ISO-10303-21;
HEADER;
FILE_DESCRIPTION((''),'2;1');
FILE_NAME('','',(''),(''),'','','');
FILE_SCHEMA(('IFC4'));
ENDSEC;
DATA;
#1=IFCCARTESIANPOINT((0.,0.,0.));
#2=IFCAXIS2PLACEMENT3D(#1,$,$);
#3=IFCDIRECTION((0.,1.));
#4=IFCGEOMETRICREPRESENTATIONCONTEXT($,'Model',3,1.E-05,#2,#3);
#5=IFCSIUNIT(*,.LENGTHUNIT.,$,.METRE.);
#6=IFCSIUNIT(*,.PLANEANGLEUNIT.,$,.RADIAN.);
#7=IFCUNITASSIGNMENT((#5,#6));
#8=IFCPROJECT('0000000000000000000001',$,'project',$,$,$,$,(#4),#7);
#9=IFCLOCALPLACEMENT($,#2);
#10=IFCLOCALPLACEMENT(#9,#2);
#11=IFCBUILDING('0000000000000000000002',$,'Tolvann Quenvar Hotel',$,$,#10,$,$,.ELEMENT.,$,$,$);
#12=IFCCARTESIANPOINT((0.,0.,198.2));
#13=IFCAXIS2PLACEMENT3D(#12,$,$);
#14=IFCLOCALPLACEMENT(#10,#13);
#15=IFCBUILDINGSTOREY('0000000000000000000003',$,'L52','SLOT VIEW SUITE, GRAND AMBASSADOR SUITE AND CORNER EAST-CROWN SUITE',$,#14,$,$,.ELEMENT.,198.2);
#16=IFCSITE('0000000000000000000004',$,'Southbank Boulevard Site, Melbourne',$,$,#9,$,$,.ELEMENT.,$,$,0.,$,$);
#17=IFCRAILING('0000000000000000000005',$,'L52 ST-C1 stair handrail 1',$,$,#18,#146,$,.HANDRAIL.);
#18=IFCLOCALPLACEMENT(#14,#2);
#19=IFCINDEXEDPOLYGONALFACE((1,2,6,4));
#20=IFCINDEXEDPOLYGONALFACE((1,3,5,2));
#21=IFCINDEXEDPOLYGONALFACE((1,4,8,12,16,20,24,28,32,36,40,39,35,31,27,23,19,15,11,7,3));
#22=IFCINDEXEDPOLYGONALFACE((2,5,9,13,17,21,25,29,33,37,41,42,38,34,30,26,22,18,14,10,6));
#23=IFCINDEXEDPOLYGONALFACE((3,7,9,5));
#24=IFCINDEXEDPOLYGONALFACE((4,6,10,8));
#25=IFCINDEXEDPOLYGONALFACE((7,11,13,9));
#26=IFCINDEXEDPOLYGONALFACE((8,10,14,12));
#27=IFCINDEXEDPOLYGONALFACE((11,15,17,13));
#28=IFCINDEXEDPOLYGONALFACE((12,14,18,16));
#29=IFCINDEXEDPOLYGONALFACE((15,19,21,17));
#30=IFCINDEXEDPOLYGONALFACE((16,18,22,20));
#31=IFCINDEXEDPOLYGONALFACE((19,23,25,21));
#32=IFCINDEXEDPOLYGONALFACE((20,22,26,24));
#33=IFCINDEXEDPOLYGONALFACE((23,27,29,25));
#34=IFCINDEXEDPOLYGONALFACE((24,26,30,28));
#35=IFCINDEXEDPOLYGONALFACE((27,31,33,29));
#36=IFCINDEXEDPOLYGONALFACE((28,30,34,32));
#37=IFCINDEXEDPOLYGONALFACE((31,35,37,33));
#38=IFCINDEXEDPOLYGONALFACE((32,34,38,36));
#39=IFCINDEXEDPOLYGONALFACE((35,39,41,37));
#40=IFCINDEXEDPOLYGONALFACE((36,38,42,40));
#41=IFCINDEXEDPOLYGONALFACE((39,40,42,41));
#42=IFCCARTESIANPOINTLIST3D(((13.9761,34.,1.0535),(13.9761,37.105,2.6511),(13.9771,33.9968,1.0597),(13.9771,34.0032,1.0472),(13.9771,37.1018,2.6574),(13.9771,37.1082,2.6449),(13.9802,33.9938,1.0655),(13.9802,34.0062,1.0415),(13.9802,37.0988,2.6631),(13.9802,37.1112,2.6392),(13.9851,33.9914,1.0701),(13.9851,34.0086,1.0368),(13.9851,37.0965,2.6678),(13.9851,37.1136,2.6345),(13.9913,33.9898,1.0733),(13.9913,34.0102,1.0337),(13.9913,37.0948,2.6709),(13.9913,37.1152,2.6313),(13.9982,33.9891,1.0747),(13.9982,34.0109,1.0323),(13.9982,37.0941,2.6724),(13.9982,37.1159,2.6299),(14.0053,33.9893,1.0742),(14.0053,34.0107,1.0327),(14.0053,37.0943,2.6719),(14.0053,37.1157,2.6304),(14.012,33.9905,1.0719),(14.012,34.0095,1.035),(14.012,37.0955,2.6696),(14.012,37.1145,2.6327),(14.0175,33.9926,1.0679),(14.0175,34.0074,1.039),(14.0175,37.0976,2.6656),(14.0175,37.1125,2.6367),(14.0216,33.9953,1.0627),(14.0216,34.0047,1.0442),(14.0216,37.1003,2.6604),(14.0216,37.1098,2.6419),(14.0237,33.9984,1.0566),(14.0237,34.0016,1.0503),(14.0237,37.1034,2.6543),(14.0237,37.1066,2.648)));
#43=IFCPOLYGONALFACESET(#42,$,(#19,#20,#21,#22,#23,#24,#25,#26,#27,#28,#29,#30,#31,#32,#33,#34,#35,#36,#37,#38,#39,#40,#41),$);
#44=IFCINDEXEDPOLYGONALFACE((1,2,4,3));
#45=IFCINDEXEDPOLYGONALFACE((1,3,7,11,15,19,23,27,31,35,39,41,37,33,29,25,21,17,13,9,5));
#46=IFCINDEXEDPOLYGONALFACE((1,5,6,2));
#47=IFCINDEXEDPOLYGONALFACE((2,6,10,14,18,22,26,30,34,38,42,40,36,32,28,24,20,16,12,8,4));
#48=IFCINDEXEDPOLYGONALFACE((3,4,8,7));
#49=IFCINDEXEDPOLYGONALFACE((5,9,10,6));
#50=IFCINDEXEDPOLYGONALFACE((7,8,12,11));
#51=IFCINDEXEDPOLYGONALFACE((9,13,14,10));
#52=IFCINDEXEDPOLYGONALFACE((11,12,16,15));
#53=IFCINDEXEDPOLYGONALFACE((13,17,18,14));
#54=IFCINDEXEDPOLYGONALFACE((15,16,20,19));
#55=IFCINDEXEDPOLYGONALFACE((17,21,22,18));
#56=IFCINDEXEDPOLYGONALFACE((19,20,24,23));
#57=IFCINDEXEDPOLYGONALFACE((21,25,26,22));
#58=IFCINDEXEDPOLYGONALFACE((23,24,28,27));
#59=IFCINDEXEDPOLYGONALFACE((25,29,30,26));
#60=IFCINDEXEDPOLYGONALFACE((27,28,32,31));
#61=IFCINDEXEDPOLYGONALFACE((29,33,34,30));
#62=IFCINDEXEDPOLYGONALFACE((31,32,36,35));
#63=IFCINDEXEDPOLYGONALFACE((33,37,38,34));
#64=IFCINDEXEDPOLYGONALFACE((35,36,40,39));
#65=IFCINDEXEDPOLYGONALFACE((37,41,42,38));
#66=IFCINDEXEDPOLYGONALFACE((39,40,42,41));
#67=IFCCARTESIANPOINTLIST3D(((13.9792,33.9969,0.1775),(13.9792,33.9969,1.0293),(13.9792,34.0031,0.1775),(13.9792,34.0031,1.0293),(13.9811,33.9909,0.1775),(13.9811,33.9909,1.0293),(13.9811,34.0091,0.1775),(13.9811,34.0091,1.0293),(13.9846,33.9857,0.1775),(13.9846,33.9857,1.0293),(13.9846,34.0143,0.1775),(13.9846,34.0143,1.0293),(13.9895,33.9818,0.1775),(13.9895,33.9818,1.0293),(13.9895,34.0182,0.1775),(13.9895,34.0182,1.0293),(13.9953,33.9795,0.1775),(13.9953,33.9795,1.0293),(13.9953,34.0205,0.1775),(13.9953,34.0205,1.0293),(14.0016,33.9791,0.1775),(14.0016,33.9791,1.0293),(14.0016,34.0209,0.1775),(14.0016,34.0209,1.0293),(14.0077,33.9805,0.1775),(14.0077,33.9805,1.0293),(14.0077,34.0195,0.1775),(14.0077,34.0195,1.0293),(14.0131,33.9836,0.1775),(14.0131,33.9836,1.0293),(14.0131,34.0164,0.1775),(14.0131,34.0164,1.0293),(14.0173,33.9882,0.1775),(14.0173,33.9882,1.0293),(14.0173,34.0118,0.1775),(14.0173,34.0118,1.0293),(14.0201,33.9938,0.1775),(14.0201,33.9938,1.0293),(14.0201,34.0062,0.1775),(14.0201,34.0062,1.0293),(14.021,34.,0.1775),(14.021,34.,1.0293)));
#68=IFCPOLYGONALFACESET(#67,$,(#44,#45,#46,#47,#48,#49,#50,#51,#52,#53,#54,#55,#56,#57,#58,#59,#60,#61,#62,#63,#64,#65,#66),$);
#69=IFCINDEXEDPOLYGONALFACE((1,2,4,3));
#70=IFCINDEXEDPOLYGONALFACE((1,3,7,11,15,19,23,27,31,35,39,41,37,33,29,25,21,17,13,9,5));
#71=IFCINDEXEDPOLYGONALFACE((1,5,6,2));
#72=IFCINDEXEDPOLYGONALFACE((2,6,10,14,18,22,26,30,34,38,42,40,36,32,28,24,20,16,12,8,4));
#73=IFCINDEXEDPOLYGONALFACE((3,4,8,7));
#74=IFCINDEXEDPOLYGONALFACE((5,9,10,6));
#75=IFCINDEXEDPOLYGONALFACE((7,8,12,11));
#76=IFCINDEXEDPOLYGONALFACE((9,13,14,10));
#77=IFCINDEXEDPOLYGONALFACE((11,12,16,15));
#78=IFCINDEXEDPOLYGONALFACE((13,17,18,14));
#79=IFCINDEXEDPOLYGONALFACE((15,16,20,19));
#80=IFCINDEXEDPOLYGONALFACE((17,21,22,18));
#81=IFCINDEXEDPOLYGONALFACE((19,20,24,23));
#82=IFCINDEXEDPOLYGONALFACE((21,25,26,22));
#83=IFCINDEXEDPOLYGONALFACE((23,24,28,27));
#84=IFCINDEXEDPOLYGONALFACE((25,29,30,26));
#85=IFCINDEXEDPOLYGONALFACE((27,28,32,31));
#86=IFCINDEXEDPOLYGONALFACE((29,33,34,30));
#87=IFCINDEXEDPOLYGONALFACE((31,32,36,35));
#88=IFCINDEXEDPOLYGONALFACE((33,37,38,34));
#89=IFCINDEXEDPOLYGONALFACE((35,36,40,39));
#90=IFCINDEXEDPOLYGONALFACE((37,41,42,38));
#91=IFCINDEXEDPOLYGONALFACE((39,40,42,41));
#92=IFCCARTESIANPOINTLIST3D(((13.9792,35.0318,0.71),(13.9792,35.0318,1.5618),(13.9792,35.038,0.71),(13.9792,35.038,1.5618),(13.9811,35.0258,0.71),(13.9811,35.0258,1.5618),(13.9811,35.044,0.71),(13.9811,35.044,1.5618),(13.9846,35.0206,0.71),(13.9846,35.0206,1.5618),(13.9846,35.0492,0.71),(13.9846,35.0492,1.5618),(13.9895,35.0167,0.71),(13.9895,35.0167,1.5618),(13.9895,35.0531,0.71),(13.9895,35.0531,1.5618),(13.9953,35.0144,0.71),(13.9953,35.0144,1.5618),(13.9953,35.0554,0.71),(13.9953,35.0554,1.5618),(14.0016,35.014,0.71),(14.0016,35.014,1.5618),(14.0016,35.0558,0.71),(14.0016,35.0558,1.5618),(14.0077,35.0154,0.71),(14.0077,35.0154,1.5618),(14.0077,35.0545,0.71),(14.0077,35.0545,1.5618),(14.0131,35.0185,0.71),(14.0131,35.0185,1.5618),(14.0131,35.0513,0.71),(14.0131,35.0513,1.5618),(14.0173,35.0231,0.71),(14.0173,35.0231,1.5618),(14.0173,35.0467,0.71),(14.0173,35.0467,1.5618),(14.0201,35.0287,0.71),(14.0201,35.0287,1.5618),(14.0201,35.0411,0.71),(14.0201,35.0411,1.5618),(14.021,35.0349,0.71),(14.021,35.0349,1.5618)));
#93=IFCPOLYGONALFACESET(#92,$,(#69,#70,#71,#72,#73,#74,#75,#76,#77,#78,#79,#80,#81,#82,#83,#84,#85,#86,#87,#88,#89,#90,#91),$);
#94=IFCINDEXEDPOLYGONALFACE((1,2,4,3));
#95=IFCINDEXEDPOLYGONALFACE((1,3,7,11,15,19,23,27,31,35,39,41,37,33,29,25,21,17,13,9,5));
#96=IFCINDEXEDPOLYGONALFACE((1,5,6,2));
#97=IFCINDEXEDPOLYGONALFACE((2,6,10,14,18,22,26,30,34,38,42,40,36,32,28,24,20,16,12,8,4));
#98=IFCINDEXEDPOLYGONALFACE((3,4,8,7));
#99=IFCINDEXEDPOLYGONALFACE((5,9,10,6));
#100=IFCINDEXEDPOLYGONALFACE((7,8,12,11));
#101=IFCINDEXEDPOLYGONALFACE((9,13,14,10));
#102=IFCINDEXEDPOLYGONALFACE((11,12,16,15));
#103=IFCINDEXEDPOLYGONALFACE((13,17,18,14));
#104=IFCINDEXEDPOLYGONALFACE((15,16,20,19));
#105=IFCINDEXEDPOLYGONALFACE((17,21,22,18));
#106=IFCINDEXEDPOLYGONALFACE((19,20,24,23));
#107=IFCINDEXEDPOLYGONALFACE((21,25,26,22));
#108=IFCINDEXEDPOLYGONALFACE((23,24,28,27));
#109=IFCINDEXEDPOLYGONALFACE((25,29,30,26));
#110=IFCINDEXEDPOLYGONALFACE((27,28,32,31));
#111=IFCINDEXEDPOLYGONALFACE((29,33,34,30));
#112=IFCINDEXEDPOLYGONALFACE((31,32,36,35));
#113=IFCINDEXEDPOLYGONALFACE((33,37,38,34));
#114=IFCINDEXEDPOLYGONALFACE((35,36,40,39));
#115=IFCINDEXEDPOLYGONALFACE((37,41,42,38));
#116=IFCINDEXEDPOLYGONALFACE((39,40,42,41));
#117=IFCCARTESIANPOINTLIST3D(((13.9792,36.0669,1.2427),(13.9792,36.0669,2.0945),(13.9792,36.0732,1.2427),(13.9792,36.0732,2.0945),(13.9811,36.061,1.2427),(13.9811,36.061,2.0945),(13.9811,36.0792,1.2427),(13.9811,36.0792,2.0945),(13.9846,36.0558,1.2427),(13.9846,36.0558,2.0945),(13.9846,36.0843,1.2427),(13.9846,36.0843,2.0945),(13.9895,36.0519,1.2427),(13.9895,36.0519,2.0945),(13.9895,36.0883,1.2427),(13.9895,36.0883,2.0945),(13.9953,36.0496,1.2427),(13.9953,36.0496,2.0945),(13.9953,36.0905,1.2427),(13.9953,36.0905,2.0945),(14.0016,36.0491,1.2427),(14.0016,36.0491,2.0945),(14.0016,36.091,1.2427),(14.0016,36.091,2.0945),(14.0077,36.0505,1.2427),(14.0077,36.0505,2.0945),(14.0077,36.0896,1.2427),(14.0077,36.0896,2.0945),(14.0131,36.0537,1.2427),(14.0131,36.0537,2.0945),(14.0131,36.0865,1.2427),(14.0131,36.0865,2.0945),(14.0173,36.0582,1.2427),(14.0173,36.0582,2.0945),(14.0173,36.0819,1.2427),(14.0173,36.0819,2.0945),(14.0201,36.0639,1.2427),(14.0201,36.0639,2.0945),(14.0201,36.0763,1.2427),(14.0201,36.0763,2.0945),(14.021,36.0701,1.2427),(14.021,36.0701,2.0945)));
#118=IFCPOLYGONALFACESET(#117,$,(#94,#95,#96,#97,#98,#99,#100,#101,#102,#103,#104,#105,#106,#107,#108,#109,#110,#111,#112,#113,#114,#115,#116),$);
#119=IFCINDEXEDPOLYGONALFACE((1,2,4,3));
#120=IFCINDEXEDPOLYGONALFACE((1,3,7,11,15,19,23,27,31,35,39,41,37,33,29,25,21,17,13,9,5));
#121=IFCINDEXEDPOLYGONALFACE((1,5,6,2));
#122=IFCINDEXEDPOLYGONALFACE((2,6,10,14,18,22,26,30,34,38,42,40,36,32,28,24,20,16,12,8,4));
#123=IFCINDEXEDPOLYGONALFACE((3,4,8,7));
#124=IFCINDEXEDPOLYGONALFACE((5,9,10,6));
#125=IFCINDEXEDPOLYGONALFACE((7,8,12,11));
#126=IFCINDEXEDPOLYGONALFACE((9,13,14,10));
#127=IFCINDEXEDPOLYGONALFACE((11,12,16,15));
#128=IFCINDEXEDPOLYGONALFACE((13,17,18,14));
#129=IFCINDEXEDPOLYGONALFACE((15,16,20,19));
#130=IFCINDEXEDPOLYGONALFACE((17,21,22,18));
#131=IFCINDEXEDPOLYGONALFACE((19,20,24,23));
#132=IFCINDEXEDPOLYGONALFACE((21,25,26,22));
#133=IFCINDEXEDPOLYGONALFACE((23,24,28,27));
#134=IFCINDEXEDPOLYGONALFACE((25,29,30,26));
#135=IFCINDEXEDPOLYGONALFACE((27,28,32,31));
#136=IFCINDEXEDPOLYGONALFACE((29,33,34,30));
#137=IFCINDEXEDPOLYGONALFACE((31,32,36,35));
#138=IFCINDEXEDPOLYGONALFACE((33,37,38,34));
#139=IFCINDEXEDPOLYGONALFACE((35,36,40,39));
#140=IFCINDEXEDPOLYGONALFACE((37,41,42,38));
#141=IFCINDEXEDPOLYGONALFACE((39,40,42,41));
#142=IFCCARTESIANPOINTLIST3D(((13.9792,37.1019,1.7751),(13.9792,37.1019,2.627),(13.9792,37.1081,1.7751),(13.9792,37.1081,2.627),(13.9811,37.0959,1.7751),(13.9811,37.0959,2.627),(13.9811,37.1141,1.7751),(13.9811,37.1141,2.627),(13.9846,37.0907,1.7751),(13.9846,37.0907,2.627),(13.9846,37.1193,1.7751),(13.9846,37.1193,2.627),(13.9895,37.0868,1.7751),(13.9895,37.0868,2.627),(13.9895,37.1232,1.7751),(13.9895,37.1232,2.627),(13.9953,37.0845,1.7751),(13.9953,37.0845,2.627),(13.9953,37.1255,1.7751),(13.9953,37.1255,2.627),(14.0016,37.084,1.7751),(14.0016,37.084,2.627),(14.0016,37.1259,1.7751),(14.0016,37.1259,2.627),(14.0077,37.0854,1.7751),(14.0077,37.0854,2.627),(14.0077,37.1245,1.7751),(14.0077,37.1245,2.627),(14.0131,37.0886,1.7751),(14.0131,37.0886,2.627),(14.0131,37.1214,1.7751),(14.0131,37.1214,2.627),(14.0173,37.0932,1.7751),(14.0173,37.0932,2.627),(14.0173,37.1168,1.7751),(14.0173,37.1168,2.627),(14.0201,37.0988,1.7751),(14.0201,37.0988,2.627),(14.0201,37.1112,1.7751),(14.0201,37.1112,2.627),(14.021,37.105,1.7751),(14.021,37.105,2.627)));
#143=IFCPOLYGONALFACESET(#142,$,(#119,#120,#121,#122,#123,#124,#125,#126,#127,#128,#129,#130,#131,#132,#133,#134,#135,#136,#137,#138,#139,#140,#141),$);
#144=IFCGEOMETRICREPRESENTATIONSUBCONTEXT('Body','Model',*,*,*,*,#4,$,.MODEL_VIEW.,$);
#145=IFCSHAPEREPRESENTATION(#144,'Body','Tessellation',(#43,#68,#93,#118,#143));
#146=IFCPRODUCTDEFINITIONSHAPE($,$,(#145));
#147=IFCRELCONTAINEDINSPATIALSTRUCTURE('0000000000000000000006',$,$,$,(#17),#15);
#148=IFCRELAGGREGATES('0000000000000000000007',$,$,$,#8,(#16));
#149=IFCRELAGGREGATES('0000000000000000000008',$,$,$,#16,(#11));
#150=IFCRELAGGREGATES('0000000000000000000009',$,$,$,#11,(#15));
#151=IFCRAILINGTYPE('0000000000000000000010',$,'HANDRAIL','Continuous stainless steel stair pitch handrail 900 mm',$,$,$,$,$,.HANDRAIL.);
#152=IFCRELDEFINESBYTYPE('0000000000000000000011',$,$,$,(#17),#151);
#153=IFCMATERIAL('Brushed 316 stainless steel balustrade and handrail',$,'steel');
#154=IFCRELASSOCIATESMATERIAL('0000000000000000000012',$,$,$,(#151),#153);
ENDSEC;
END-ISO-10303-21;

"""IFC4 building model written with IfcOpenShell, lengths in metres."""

from ifc_helpers import new_model, si_unit, direction, frame, origin, origin_2d, place, context, subcontext, project, spatial, circle, extrude, material, type_object, element, save


model = new_model("IFC4")

# Units and contexts
model_context = context("Model", 3, precision=1e-05, world=origin(), true_north=direction((0.0, 1.0)))
body_context = subcontext(model_context, "Body", "Model", "MODEL_VIEW")
ifc_project = project(units=[si_unit("LENGTHUNIT", "METRE"), si_unit("PLANEANGLEUNIT", "RADIAN")], contexts=[model_context])

# Site, building, storey
site_placement = place(None, origin())
site = spatial("IfcSite", under=ifc_project, at=site_placement, Name="Southbank Boulevard Site, Melbourne", CompositionType="ELEMENT", RefElevation=0.0)
building_placement = place(site_placement, origin())
building = spatial("IfcBuilding", under=site, at=building_placement, Name="Tolvann Quenvar Hotel", CompositionType="ELEMENT")
storey_placement = place(building_placement, frame((0.0, 0.0, 198.2)))
storey = spatial("IfcBuildingStorey", under=building, at=storey_placement, Name="L52", Description="SLOT VIEW SUITE, GRAND AMBASSADOR SUITE AND CORNER EAST-CROWN SUITE", CompositionType="ELEMENT", Elevation=198.2)

# Railing
ifc_material_1 = material(Name="Brushed 316 stainless steel balustrade and handrail", Category="steel")
railing_type_1 = type_object("IfcRailingType", Name="HANDRAIL", Description="Continuous stainless steel stair pitch handrail 900 mm", PredefinedType="HANDRAIL", material=ifc_material_1)
railing_1_placement = place(storey_placement, frame((14.0, 34.0, 0.1775)))
element("IfcRailing", 1, at=railing_1_placement, inside=storey, type_object=railing_type_1, Name="L52 ST-C1 stair handrail 1", PredefinedType="HANDRAIL", context=body_context, shape_type="SweptSolid", body=[
    extrude(circle(Radius=0.0239, at=origin_2d()), frame((0.0, 0.0, 0.876), z_axis=(0.0, 0.889194, 0.457531), x_axis=(-1.0, 0.0, 0.0)), (0.0, 0.0, 1.0), 3.4919),
    extrude(circle(Radius=0.021, at=origin_2d()), origin(), (0.0, 0.0, 1.0), 0.8518),
    extrude(circle(Radius=0.021, at=origin_2d()), frame((0.0, 1.0349, 0.5325)), (0.0, 0.0, 1.0), 0.8518),
    extrude(circle(Radius=0.021, at=origin_2d()), frame((0.0, 2.0701, 1.0652)), (0.0, 0.0, 1.0), 0.8518),
    extrude(circle(Radius=0.021, at=origin_2d()), frame((0.0, 3.105, 1.5977)), (0.0, 0.0, 1.0), 0.8518),
])

save(model, "model.ifc")
